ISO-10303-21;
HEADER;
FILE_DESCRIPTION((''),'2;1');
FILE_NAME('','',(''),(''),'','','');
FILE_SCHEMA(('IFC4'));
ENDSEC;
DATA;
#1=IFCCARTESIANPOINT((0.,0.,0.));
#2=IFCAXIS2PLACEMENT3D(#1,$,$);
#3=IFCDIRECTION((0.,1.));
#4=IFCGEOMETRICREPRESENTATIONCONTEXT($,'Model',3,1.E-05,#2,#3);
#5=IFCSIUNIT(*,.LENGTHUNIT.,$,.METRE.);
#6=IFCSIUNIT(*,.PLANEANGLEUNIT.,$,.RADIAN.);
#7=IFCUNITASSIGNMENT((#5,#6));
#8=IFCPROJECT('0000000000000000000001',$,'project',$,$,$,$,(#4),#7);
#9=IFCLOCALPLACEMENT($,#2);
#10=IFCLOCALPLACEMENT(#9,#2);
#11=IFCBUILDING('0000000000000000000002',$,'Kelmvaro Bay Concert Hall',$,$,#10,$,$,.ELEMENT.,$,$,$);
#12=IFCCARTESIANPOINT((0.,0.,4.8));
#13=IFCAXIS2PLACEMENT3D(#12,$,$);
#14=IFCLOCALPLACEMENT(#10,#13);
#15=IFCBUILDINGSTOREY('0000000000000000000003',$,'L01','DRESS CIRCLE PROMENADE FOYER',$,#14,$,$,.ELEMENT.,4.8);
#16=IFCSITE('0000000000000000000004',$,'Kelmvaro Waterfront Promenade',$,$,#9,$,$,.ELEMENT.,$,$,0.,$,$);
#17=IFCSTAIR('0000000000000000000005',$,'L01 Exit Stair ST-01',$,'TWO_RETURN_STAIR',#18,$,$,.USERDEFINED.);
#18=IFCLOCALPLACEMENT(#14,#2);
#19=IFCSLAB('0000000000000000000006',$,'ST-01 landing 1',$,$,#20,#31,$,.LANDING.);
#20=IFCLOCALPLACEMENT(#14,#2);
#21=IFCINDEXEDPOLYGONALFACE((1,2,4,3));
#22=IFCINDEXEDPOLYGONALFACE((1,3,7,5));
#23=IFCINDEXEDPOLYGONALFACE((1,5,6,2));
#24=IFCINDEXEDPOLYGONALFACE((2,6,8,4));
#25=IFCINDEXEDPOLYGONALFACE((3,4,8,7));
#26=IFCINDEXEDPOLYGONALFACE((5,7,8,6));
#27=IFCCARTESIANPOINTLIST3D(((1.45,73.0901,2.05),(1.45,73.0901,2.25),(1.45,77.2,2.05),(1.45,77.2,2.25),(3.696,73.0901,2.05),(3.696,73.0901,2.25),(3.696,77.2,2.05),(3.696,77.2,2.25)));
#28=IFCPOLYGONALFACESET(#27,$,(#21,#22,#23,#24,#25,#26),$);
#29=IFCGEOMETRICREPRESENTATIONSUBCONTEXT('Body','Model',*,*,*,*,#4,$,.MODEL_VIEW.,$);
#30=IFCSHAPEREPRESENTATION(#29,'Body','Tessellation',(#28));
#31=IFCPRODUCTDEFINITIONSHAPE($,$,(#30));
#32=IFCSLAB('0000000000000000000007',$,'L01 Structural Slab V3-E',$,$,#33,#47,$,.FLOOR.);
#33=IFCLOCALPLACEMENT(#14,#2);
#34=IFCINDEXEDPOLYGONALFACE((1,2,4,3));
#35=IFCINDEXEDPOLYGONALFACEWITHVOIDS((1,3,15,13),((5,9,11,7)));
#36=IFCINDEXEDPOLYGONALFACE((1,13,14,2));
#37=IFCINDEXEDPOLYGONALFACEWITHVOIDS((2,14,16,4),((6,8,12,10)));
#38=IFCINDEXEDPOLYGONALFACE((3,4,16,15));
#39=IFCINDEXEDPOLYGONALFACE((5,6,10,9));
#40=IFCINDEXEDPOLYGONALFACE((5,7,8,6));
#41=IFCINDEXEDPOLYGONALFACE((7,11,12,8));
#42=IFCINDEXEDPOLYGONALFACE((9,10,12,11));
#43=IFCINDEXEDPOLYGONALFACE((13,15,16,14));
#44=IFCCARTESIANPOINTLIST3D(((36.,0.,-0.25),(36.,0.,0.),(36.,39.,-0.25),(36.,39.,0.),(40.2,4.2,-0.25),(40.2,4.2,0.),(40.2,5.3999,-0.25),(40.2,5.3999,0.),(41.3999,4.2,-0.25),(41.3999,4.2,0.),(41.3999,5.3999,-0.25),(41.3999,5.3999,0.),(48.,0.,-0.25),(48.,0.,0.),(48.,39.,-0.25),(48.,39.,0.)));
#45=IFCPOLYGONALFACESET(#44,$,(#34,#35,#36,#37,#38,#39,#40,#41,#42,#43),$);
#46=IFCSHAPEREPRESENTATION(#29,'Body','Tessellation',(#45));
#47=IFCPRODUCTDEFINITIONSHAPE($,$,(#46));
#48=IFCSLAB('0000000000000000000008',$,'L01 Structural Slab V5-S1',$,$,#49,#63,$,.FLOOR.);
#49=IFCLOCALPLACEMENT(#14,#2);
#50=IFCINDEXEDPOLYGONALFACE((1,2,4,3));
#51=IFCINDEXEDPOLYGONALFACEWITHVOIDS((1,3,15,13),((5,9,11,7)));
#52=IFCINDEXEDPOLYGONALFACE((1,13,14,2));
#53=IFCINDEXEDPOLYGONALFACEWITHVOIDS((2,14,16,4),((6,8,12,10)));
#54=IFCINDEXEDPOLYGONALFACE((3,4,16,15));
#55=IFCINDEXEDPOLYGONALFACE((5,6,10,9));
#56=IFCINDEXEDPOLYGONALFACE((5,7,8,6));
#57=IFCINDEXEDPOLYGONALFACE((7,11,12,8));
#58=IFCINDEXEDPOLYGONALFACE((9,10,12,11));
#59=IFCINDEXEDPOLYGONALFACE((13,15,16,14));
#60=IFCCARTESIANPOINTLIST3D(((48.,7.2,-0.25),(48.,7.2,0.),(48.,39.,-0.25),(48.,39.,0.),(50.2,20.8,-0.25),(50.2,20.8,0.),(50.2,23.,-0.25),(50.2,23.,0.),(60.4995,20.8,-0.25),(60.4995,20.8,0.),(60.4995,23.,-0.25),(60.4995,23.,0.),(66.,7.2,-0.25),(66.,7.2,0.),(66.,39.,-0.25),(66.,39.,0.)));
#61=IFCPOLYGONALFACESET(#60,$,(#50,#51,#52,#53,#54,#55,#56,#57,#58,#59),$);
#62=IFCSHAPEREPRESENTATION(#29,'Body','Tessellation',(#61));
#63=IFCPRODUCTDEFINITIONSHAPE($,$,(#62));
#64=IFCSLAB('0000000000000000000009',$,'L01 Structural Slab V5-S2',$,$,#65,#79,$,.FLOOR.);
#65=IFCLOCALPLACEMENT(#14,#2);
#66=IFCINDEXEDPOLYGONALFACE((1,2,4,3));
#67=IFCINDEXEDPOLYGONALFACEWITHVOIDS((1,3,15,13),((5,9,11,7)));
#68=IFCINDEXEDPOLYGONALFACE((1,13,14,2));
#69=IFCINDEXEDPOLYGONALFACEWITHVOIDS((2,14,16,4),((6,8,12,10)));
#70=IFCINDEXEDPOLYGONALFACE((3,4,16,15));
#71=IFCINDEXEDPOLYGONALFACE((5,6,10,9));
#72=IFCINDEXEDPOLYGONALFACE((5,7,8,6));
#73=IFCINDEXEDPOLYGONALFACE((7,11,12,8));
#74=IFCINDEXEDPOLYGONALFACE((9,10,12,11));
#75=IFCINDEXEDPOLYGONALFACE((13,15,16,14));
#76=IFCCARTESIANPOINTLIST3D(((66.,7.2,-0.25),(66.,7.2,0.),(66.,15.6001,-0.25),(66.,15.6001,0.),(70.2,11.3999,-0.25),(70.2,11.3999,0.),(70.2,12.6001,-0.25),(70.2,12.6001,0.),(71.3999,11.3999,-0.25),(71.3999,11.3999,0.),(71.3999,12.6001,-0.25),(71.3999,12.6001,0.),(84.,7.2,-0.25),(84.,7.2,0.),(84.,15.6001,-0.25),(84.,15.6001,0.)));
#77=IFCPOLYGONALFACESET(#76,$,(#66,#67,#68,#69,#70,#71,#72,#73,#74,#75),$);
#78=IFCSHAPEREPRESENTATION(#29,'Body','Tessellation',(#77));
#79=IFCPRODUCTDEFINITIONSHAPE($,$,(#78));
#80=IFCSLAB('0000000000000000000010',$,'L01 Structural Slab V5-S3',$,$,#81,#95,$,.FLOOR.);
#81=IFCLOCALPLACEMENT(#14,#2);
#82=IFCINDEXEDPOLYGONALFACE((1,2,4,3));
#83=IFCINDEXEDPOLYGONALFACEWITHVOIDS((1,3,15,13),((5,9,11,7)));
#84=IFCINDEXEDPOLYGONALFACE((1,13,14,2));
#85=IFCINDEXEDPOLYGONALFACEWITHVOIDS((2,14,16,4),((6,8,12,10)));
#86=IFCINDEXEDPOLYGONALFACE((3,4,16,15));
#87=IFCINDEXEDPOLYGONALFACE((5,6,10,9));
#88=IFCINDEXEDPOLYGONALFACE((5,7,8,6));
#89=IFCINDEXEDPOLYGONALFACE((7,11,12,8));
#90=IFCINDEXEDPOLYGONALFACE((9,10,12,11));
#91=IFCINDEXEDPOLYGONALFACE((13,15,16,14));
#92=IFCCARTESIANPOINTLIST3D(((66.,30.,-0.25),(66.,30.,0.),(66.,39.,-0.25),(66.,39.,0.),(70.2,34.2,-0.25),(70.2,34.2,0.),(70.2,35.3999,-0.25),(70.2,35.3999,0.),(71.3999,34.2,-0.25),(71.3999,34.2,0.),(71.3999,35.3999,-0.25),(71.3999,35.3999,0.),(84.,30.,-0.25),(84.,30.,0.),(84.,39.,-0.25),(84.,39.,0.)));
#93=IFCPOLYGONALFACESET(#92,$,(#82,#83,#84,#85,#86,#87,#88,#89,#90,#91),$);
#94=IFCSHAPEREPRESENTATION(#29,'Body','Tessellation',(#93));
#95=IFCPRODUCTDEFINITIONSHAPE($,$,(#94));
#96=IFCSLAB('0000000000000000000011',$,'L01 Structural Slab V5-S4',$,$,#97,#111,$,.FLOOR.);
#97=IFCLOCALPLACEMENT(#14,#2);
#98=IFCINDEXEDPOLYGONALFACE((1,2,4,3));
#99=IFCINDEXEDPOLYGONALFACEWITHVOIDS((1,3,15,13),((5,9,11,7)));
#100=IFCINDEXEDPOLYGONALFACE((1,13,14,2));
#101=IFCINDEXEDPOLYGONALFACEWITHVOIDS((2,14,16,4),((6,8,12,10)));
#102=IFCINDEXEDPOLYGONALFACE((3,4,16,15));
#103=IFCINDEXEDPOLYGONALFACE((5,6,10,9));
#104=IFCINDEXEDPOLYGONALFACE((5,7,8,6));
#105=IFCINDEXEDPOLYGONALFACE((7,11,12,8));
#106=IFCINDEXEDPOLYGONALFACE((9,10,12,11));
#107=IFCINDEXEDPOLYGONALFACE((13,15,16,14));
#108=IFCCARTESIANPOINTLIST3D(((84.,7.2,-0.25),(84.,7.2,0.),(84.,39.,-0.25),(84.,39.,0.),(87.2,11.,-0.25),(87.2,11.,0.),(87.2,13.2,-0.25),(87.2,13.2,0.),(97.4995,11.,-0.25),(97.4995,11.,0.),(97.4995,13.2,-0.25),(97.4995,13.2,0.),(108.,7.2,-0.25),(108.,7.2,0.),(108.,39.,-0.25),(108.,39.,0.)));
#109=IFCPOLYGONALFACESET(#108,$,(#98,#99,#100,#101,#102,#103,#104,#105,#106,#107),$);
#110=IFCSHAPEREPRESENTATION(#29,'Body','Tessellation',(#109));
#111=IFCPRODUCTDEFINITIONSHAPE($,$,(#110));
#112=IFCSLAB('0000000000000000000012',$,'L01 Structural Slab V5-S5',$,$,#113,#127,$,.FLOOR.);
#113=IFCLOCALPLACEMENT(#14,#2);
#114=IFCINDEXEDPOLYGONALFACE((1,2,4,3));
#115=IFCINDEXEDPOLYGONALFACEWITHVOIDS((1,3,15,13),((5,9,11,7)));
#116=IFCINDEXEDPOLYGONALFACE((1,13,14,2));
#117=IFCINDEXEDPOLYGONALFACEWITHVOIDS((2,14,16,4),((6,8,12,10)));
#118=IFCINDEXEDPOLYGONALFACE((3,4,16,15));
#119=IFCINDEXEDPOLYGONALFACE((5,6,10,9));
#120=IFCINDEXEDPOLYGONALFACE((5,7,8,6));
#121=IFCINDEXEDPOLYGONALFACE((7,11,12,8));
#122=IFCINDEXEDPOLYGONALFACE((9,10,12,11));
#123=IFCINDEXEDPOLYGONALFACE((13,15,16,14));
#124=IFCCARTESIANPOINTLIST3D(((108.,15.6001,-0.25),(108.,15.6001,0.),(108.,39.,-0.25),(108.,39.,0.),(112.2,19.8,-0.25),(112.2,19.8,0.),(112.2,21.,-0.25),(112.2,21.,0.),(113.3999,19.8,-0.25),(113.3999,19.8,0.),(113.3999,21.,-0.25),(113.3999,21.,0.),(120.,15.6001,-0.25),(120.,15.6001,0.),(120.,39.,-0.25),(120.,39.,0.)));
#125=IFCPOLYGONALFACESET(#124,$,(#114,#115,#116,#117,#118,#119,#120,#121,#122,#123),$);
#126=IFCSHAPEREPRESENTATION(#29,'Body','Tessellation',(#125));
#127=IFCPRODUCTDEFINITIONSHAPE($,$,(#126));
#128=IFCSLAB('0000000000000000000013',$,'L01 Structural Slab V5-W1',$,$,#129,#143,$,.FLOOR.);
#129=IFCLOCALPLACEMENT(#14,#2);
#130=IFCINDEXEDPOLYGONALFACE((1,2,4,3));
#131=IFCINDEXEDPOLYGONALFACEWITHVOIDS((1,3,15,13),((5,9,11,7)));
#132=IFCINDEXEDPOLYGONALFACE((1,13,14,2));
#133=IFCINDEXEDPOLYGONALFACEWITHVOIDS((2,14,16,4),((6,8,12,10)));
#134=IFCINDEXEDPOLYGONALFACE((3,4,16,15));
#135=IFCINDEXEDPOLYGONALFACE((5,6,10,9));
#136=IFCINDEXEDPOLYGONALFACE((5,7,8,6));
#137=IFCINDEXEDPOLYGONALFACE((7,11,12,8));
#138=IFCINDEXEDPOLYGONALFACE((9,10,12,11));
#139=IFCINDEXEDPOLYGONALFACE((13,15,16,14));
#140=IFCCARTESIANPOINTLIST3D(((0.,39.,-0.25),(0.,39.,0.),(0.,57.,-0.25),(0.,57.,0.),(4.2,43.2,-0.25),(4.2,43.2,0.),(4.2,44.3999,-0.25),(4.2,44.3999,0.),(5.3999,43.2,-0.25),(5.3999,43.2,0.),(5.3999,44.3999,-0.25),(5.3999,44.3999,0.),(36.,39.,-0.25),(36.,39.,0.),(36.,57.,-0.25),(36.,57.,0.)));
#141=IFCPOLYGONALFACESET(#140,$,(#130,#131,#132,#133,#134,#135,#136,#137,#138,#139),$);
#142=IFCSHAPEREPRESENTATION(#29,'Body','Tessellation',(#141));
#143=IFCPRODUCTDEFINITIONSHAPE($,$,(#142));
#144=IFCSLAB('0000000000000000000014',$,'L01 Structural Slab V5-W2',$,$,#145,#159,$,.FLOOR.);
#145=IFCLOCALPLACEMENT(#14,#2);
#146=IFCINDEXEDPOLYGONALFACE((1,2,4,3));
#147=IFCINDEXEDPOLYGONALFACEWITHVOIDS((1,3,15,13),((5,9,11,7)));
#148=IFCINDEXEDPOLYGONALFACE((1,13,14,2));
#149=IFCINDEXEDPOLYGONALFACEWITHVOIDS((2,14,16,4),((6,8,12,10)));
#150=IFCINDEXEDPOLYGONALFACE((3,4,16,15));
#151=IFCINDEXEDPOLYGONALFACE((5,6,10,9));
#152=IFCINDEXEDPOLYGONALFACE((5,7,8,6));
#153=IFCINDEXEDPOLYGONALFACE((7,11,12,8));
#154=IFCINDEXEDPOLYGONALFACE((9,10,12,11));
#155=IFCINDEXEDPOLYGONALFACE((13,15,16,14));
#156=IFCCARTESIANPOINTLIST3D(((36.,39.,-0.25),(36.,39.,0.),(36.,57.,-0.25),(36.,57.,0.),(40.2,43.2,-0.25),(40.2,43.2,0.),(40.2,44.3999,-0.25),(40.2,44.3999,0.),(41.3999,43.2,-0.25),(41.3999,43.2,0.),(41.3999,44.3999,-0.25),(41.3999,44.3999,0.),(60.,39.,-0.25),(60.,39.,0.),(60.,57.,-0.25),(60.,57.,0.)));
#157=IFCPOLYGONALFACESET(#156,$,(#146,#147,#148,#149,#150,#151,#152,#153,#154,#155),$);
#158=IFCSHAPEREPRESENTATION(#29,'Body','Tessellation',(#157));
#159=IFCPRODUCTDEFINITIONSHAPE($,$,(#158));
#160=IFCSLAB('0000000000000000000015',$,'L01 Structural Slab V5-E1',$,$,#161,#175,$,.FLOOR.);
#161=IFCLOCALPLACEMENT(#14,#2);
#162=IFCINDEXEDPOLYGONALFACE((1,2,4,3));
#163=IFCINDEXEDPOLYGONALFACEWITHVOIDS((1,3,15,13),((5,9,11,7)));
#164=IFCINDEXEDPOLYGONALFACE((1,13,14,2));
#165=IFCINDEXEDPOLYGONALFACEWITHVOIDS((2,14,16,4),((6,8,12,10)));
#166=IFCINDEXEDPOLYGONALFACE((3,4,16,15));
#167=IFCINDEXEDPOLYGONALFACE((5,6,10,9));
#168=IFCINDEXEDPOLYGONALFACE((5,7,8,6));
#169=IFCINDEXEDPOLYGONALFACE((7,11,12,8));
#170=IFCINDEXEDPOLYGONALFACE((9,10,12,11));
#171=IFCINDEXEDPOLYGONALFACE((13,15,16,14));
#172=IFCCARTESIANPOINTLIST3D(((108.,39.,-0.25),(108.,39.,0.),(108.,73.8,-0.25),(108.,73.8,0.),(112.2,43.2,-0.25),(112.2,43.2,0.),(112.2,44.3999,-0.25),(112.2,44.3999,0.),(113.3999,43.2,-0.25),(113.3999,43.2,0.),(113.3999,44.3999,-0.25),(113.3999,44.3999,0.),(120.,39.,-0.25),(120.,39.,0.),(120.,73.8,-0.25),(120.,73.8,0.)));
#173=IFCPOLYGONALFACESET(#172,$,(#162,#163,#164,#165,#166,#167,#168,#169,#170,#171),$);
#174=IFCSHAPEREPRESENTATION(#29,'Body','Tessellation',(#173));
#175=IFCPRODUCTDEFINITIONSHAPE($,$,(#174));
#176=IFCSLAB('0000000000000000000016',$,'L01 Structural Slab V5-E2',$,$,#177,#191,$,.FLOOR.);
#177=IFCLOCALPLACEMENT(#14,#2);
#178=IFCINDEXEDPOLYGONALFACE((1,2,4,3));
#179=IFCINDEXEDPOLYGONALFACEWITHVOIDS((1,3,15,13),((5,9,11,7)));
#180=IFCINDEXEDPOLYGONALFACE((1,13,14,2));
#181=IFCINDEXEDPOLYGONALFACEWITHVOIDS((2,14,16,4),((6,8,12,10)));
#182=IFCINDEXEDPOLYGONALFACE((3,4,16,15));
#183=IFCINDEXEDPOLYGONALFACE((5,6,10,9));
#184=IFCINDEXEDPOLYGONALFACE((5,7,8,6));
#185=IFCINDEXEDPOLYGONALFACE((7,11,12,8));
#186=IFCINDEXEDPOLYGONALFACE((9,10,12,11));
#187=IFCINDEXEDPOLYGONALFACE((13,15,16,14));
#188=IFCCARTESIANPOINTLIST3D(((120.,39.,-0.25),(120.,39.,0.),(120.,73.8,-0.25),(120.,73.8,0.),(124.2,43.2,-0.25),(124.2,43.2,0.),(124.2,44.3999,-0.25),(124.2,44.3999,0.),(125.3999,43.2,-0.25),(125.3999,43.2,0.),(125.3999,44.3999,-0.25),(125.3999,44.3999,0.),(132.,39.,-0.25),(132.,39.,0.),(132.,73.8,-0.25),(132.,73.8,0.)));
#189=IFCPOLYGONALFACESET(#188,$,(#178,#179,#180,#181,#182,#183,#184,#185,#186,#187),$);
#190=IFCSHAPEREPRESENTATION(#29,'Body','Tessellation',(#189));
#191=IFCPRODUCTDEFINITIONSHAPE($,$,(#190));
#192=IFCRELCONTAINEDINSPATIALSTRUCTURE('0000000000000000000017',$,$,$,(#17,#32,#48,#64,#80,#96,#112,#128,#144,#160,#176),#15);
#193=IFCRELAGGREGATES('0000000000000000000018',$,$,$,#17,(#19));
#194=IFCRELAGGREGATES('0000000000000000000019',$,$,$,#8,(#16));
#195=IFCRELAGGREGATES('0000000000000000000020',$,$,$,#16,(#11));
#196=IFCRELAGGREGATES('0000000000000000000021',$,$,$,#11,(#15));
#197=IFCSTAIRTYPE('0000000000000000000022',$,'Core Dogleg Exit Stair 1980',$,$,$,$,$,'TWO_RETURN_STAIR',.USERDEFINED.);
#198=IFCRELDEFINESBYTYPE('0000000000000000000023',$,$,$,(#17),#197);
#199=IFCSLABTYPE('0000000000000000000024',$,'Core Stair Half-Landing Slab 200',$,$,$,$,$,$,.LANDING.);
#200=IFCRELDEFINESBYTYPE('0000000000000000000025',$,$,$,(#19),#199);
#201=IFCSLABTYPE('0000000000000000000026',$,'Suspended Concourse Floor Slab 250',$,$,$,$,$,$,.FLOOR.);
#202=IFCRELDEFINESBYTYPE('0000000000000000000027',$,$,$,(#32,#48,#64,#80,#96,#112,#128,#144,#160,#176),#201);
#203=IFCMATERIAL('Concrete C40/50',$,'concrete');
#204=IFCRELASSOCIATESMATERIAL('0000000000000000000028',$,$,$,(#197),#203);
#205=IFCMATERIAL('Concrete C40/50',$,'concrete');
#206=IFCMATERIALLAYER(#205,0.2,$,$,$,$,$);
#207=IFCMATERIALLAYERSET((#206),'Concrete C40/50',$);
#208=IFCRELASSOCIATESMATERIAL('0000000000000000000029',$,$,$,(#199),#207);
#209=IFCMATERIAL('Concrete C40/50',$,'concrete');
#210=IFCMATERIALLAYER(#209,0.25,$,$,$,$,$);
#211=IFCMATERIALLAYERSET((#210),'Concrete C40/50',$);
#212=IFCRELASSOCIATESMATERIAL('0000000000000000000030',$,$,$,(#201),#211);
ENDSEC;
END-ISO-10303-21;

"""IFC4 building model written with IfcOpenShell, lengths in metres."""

from ifc_helpers import new_model, si_unit, direction, frame, origin, place, context, subcontext, project, spatial, polyline, outline, extrude, material, layer, layer_set, type_object, element, aggregate, save


model = new_model("IFC4")

# Units and contexts
model_context = context("Model", 3, precision=1e-05, world=origin(), true_north=direction((0.0, 1.0)))
body_context = subcontext(model_context, "Body", "Model", "MODEL_VIEW")
ifc_project = project(units=[si_unit("LENGTHUNIT", "METRE"), si_unit("PLANEANGLEUNIT", "RADIAN")], contexts=[model_context])

# Site, building, storey
site_placement = place(None, origin())
site = spatial("IfcSite", under=ifc_project, at=site_placement, Name="Kelmvaro Waterfront Promenade", CompositionType="ELEMENT", RefElevation=0.0)
building_placement = place(site_placement, origin())
building = spatial("IfcBuilding", under=site, at=building_placement, Name="Kelmvaro Bay Concert Hall", CompositionType="ELEMENT")
storey_placement = place(building_placement, frame((0.0, 0.0, 4.8)))
storey = spatial("IfcBuildingStorey", under=building, at=storey_placement, Name="L01", Description="DRESS CIRCLE PROMENADE FOYER", CompositionType="ELEMENT", Elevation=4.8)

# Stair, slab
ifc_material_1 = material(Name="Concrete C40/50", Category="concrete")
stair_type = type_object("IfcStairType", Name="Core Dogleg Exit Stair 1980", ElementType="TWO_RETURN_STAIR", PredefinedType="USERDEFINED", material=ifc_material_1)
stair_placement = place(storey_placement, origin())
stair = element("IfcStair", 1, at=stair_placement, inside=storey, type_object=stair_type, Name="L01 Exit Stair ST-01", ObjectType="TWO_RETURN_STAIR", PredefinedType="USERDEFINED")
ifc_material_2 = material(Name="Concrete C40/50", Category="concrete")
ifc_layer_1 = layer(ifc_material_2, 0.2)
ifc_layer_set_1 = layer_set([ifc_layer_1], Name="Concrete C40/50")
slab_type_1 = type_object("IfcSlabType", Name="Core Stair Half-Landing Slab 200", PredefinedType="LANDING", material=ifc_layer_set_1)
slab_1_placement = place(storey_placement, frame((0.0, 0.0, 2.05)))
slab_1 = element("IfcSlab", 2, at=slab_1_placement, type_object=slab_type_1, Name="ST-01 landing 1", PredefinedType="LANDING", context=body_context, shape_type="SweptSolid", body=[
    extrude(outline(polyline([(3.696, 77.2), (1.45, 77.2), (1.45, 73.0901), (3.696, 73.0901), (3.696, 77.2)])), origin(), (0.0, 0.0, 1.0), 0.2),
])
aggregate(stair, [slab_1])

# Slabs
ifc_material_3 = material(Name="Concrete C40/50", Category="concrete")
ifc_layer_2 = layer(ifc_material_3, 0.25)
ifc_layer_set_2 = layer_set([ifc_layer_2], Name="Concrete C40/50")
slab_type_2 = type_object("IfcSlabType", Name="Suspended Concourse Floor Slab 250", PredefinedType="FLOOR", material=ifc_layer_set_2)
slab_2_placement = place(storey_placement, frame((0.0, 0.0, -0.25)))
element("IfcSlab", 3, at=slab_2_placement, inside=storey, type_object=slab_type_2, Name="L01 Structural Slab V3-E", PredefinedType="FLOOR", context=body_context, shape_type="SweptSolid", body=[
    extrude(outline(polyline([(36.0, 0.0), (48.0, 0.0), (48.0, 39.0), (36.0, 39.0), (36.0, 0.0)]), holes=[polyline([(40.2, 4.2), (41.3999, 4.2), (41.3999, 5.3999), (40.2, 5.3999), (40.2, 4.2)])]), origin(), (0.0, 0.0, 1.0), 0.25),
])
slab_3_placement = place(storey_placement, frame((0.0, 0.0, -0.25)))
element("IfcSlab", 4, at=slab_3_placement, inside=storey, type_object=slab_type_2, Name="L01 Structural Slab V5-S1", PredefinedType="FLOOR", context=body_context, shape_type="SweptSolid", body=[
    extrude(outline(polyline([(48.0, 7.2), (66.0, 7.2), (66.0, 39.0), (48.0, 39.0), (48.0, 7.2)]), holes=[polyline([(50.2, 20.8), (60.4995, 20.8), (60.4995, 23.0), (50.2, 23.0), (50.2, 20.8)])]), origin(), (0.0, 0.0, 1.0), 0.25),
])
slab_4_placement = place(storey_placement, frame((0.0, 0.0, -0.25)))
element("IfcSlab", 5, at=slab_4_placement, inside=storey, type_object=slab_type_2, Name="L01 Structural Slab V5-S2", PredefinedType="FLOOR", context=body_context, shape_type="SweptSolid", body=[
    extrude(outline(polyline([(66.0, 7.2), (84.0, 7.2), (84.0, 15.6001), (66.0, 15.6001), (66.0, 7.2)]), holes=[polyline([(70.2, 11.3999), (71.3999, 11.3999), (71.3999, 12.6001), (70.2, 12.6001), (70.2, 11.3999)])]), origin(), (0.0, 0.0, 1.0), 0.25),
])
slab_5_placement = place(storey_placement, frame((0.0, 0.0, -0.25)))
element("IfcSlab", 6, at=slab_5_placement, inside=storey, type_object=slab_type_2, Name="L01 Structural Slab V5-S3", PredefinedType="FLOOR", context=body_context, shape_type="SweptSolid", body=[
    extrude(outline(polyline([(66.0, 30.0), (84.0, 30.0), (84.0, 39.0), (66.0, 39.0), (66.0, 30.0)]), holes=[polyline([(70.2, 34.2), (71.3999, 34.2), (71.3999, 35.3999), (70.2, 35.3999), (70.2, 34.2)])]), origin(), (0.0, 0.0, 1.0), 0.25),
])
slab_6_placement = place(storey_placement, frame((0.0, 0.0, -0.25)))
element("IfcSlab", 7, at=slab_6_placement, inside=storey, type_object=slab_type_2, Name="L01 Structural Slab V5-S4", PredefinedType="FLOOR", context=body_context, shape_type="SweptSolid", body=[
    extrude(outline(polyline([(84.0, 7.2), (108.0, 7.2), (108.0, 39.0), (84.0, 39.0), (84.0, 7.2)]), holes=[polyline([(87.2, 11.0), (97.4995, 11.0), (97.4995, 13.2), (87.2, 13.2), (87.2, 11.0)])]), origin(), (0.0, 0.0, 1.0), 0.25),
])
slab_7_placement = place(storey_placement, frame((0.0, 0.0, -0.25)))
element("IfcSlab", 8, at=slab_7_placement, inside=storey, type_object=slab_type_2, Name="L01 Structural Slab V5-S5", PredefinedType="FLOOR", context=body_context, shape_type="SweptSolid", body=[
    extrude(outline(polyline([(108.0, 15.6001), (120.0, 15.6001), (120.0, 39.0), (108.0, 39.0), (108.0, 15.6001)]), holes=[polyline([(112.2, 19.8), (113.3999, 19.8), (113.3999, 21.0), (112.2, 21.0), (112.2, 19.8)])]), origin(), (0.0, 0.0, 1.0), 0.25),
])
slab_8_placement = place(storey_placement, frame((0.0, 0.0, -0.25)))
element("IfcSlab", 9, at=slab_8_placement, inside=storey, type_object=slab_type_2, Name="L01 Structural Slab V5-W1", PredefinedType="FLOOR", context=body_context, shape_type="SweptSolid", body=[
    extrude(outline(polyline([(0.0, 39.0), (36.0, 39.0), (36.0, 57.0), (0.0, 57.0), (0.0, 39.0)]), holes=[polyline([(4.2, 43.2), (5.3999, 43.2), (5.3999, 44.3999), (4.2, 44.3999), (4.2, 43.2)])]), origin(), (0.0, 0.0, 1.0), 0.25),
])
slab_9_placement = place(storey_placement, frame((0.0, 0.0, -0.25)))
element("IfcSlab", 10, at=slab_9_placement, inside=storey, type_object=slab_type_2, Name="L01 Structural Slab V5-W2", PredefinedType="FLOOR", context=body_context, shape_type="SweptSolid", body=[
    extrude(outline(polyline([(36.0, 39.0), (60.0, 39.0), (60.0, 57.0), (36.0, 57.0), (36.0, 39.0)]), holes=[polyline([(40.2, 43.2), (41.3999, 43.2), (41.3999, 44.3999), (40.2, 44.3999), (40.2, 43.2)])]), origin(), (0.0, 0.0, 1.0), 0.25),
])
slab_10_placement = place(storey_placement, frame((0.0, 0.0, -0.25)))
element("IfcSlab", 11, at=slab_10_placement, inside=storey, type_object=slab_type_2, Name="L01 Structural Slab V5-E1", PredefinedType="FLOOR", context=body_context, shape_type="SweptSolid", body=[
    extrude(outline(polyline([(108.0, 39.0), (120.0, 39.0), (120.0, 73.8), (108.0, 73.8), (108.0, 39.0)]), holes=[polyline([(112.2, 43.2), (113.3999, 43.2), (113.3999, 44.3999), (112.2, 44.3999), (112.2, 43.2)])]), origin(), (0.0, 0.0, 1.0), 0.25),
])
slab_11_placement = place(storey_placement, frame((0.0, 0.0, -0.25)))
element("IfcSlab", 12, at=slab_11_placement, inside=storey, type_object=slab_type_2, Name="L01 Structural Slab V5-E2", PredefinedType="FLOOR", context=body_context, shape_type="SweptSolid", body=[
    extrude(outline(polyline([(120.0, 39.0), (132.0, 39.0), (132.0, 73.8), (120.0, 73.8), (120.0, 39.0)]), holes=[polyline([(124.2, 43.2), (125.3999, 43.2), (125.3999, 44.3999), (124.2, 44.3999), (124.2, 43.2)])]), origin(), (0.0, 0.0, 1.0), 0.25),
])

save(model, "model.ifc")
